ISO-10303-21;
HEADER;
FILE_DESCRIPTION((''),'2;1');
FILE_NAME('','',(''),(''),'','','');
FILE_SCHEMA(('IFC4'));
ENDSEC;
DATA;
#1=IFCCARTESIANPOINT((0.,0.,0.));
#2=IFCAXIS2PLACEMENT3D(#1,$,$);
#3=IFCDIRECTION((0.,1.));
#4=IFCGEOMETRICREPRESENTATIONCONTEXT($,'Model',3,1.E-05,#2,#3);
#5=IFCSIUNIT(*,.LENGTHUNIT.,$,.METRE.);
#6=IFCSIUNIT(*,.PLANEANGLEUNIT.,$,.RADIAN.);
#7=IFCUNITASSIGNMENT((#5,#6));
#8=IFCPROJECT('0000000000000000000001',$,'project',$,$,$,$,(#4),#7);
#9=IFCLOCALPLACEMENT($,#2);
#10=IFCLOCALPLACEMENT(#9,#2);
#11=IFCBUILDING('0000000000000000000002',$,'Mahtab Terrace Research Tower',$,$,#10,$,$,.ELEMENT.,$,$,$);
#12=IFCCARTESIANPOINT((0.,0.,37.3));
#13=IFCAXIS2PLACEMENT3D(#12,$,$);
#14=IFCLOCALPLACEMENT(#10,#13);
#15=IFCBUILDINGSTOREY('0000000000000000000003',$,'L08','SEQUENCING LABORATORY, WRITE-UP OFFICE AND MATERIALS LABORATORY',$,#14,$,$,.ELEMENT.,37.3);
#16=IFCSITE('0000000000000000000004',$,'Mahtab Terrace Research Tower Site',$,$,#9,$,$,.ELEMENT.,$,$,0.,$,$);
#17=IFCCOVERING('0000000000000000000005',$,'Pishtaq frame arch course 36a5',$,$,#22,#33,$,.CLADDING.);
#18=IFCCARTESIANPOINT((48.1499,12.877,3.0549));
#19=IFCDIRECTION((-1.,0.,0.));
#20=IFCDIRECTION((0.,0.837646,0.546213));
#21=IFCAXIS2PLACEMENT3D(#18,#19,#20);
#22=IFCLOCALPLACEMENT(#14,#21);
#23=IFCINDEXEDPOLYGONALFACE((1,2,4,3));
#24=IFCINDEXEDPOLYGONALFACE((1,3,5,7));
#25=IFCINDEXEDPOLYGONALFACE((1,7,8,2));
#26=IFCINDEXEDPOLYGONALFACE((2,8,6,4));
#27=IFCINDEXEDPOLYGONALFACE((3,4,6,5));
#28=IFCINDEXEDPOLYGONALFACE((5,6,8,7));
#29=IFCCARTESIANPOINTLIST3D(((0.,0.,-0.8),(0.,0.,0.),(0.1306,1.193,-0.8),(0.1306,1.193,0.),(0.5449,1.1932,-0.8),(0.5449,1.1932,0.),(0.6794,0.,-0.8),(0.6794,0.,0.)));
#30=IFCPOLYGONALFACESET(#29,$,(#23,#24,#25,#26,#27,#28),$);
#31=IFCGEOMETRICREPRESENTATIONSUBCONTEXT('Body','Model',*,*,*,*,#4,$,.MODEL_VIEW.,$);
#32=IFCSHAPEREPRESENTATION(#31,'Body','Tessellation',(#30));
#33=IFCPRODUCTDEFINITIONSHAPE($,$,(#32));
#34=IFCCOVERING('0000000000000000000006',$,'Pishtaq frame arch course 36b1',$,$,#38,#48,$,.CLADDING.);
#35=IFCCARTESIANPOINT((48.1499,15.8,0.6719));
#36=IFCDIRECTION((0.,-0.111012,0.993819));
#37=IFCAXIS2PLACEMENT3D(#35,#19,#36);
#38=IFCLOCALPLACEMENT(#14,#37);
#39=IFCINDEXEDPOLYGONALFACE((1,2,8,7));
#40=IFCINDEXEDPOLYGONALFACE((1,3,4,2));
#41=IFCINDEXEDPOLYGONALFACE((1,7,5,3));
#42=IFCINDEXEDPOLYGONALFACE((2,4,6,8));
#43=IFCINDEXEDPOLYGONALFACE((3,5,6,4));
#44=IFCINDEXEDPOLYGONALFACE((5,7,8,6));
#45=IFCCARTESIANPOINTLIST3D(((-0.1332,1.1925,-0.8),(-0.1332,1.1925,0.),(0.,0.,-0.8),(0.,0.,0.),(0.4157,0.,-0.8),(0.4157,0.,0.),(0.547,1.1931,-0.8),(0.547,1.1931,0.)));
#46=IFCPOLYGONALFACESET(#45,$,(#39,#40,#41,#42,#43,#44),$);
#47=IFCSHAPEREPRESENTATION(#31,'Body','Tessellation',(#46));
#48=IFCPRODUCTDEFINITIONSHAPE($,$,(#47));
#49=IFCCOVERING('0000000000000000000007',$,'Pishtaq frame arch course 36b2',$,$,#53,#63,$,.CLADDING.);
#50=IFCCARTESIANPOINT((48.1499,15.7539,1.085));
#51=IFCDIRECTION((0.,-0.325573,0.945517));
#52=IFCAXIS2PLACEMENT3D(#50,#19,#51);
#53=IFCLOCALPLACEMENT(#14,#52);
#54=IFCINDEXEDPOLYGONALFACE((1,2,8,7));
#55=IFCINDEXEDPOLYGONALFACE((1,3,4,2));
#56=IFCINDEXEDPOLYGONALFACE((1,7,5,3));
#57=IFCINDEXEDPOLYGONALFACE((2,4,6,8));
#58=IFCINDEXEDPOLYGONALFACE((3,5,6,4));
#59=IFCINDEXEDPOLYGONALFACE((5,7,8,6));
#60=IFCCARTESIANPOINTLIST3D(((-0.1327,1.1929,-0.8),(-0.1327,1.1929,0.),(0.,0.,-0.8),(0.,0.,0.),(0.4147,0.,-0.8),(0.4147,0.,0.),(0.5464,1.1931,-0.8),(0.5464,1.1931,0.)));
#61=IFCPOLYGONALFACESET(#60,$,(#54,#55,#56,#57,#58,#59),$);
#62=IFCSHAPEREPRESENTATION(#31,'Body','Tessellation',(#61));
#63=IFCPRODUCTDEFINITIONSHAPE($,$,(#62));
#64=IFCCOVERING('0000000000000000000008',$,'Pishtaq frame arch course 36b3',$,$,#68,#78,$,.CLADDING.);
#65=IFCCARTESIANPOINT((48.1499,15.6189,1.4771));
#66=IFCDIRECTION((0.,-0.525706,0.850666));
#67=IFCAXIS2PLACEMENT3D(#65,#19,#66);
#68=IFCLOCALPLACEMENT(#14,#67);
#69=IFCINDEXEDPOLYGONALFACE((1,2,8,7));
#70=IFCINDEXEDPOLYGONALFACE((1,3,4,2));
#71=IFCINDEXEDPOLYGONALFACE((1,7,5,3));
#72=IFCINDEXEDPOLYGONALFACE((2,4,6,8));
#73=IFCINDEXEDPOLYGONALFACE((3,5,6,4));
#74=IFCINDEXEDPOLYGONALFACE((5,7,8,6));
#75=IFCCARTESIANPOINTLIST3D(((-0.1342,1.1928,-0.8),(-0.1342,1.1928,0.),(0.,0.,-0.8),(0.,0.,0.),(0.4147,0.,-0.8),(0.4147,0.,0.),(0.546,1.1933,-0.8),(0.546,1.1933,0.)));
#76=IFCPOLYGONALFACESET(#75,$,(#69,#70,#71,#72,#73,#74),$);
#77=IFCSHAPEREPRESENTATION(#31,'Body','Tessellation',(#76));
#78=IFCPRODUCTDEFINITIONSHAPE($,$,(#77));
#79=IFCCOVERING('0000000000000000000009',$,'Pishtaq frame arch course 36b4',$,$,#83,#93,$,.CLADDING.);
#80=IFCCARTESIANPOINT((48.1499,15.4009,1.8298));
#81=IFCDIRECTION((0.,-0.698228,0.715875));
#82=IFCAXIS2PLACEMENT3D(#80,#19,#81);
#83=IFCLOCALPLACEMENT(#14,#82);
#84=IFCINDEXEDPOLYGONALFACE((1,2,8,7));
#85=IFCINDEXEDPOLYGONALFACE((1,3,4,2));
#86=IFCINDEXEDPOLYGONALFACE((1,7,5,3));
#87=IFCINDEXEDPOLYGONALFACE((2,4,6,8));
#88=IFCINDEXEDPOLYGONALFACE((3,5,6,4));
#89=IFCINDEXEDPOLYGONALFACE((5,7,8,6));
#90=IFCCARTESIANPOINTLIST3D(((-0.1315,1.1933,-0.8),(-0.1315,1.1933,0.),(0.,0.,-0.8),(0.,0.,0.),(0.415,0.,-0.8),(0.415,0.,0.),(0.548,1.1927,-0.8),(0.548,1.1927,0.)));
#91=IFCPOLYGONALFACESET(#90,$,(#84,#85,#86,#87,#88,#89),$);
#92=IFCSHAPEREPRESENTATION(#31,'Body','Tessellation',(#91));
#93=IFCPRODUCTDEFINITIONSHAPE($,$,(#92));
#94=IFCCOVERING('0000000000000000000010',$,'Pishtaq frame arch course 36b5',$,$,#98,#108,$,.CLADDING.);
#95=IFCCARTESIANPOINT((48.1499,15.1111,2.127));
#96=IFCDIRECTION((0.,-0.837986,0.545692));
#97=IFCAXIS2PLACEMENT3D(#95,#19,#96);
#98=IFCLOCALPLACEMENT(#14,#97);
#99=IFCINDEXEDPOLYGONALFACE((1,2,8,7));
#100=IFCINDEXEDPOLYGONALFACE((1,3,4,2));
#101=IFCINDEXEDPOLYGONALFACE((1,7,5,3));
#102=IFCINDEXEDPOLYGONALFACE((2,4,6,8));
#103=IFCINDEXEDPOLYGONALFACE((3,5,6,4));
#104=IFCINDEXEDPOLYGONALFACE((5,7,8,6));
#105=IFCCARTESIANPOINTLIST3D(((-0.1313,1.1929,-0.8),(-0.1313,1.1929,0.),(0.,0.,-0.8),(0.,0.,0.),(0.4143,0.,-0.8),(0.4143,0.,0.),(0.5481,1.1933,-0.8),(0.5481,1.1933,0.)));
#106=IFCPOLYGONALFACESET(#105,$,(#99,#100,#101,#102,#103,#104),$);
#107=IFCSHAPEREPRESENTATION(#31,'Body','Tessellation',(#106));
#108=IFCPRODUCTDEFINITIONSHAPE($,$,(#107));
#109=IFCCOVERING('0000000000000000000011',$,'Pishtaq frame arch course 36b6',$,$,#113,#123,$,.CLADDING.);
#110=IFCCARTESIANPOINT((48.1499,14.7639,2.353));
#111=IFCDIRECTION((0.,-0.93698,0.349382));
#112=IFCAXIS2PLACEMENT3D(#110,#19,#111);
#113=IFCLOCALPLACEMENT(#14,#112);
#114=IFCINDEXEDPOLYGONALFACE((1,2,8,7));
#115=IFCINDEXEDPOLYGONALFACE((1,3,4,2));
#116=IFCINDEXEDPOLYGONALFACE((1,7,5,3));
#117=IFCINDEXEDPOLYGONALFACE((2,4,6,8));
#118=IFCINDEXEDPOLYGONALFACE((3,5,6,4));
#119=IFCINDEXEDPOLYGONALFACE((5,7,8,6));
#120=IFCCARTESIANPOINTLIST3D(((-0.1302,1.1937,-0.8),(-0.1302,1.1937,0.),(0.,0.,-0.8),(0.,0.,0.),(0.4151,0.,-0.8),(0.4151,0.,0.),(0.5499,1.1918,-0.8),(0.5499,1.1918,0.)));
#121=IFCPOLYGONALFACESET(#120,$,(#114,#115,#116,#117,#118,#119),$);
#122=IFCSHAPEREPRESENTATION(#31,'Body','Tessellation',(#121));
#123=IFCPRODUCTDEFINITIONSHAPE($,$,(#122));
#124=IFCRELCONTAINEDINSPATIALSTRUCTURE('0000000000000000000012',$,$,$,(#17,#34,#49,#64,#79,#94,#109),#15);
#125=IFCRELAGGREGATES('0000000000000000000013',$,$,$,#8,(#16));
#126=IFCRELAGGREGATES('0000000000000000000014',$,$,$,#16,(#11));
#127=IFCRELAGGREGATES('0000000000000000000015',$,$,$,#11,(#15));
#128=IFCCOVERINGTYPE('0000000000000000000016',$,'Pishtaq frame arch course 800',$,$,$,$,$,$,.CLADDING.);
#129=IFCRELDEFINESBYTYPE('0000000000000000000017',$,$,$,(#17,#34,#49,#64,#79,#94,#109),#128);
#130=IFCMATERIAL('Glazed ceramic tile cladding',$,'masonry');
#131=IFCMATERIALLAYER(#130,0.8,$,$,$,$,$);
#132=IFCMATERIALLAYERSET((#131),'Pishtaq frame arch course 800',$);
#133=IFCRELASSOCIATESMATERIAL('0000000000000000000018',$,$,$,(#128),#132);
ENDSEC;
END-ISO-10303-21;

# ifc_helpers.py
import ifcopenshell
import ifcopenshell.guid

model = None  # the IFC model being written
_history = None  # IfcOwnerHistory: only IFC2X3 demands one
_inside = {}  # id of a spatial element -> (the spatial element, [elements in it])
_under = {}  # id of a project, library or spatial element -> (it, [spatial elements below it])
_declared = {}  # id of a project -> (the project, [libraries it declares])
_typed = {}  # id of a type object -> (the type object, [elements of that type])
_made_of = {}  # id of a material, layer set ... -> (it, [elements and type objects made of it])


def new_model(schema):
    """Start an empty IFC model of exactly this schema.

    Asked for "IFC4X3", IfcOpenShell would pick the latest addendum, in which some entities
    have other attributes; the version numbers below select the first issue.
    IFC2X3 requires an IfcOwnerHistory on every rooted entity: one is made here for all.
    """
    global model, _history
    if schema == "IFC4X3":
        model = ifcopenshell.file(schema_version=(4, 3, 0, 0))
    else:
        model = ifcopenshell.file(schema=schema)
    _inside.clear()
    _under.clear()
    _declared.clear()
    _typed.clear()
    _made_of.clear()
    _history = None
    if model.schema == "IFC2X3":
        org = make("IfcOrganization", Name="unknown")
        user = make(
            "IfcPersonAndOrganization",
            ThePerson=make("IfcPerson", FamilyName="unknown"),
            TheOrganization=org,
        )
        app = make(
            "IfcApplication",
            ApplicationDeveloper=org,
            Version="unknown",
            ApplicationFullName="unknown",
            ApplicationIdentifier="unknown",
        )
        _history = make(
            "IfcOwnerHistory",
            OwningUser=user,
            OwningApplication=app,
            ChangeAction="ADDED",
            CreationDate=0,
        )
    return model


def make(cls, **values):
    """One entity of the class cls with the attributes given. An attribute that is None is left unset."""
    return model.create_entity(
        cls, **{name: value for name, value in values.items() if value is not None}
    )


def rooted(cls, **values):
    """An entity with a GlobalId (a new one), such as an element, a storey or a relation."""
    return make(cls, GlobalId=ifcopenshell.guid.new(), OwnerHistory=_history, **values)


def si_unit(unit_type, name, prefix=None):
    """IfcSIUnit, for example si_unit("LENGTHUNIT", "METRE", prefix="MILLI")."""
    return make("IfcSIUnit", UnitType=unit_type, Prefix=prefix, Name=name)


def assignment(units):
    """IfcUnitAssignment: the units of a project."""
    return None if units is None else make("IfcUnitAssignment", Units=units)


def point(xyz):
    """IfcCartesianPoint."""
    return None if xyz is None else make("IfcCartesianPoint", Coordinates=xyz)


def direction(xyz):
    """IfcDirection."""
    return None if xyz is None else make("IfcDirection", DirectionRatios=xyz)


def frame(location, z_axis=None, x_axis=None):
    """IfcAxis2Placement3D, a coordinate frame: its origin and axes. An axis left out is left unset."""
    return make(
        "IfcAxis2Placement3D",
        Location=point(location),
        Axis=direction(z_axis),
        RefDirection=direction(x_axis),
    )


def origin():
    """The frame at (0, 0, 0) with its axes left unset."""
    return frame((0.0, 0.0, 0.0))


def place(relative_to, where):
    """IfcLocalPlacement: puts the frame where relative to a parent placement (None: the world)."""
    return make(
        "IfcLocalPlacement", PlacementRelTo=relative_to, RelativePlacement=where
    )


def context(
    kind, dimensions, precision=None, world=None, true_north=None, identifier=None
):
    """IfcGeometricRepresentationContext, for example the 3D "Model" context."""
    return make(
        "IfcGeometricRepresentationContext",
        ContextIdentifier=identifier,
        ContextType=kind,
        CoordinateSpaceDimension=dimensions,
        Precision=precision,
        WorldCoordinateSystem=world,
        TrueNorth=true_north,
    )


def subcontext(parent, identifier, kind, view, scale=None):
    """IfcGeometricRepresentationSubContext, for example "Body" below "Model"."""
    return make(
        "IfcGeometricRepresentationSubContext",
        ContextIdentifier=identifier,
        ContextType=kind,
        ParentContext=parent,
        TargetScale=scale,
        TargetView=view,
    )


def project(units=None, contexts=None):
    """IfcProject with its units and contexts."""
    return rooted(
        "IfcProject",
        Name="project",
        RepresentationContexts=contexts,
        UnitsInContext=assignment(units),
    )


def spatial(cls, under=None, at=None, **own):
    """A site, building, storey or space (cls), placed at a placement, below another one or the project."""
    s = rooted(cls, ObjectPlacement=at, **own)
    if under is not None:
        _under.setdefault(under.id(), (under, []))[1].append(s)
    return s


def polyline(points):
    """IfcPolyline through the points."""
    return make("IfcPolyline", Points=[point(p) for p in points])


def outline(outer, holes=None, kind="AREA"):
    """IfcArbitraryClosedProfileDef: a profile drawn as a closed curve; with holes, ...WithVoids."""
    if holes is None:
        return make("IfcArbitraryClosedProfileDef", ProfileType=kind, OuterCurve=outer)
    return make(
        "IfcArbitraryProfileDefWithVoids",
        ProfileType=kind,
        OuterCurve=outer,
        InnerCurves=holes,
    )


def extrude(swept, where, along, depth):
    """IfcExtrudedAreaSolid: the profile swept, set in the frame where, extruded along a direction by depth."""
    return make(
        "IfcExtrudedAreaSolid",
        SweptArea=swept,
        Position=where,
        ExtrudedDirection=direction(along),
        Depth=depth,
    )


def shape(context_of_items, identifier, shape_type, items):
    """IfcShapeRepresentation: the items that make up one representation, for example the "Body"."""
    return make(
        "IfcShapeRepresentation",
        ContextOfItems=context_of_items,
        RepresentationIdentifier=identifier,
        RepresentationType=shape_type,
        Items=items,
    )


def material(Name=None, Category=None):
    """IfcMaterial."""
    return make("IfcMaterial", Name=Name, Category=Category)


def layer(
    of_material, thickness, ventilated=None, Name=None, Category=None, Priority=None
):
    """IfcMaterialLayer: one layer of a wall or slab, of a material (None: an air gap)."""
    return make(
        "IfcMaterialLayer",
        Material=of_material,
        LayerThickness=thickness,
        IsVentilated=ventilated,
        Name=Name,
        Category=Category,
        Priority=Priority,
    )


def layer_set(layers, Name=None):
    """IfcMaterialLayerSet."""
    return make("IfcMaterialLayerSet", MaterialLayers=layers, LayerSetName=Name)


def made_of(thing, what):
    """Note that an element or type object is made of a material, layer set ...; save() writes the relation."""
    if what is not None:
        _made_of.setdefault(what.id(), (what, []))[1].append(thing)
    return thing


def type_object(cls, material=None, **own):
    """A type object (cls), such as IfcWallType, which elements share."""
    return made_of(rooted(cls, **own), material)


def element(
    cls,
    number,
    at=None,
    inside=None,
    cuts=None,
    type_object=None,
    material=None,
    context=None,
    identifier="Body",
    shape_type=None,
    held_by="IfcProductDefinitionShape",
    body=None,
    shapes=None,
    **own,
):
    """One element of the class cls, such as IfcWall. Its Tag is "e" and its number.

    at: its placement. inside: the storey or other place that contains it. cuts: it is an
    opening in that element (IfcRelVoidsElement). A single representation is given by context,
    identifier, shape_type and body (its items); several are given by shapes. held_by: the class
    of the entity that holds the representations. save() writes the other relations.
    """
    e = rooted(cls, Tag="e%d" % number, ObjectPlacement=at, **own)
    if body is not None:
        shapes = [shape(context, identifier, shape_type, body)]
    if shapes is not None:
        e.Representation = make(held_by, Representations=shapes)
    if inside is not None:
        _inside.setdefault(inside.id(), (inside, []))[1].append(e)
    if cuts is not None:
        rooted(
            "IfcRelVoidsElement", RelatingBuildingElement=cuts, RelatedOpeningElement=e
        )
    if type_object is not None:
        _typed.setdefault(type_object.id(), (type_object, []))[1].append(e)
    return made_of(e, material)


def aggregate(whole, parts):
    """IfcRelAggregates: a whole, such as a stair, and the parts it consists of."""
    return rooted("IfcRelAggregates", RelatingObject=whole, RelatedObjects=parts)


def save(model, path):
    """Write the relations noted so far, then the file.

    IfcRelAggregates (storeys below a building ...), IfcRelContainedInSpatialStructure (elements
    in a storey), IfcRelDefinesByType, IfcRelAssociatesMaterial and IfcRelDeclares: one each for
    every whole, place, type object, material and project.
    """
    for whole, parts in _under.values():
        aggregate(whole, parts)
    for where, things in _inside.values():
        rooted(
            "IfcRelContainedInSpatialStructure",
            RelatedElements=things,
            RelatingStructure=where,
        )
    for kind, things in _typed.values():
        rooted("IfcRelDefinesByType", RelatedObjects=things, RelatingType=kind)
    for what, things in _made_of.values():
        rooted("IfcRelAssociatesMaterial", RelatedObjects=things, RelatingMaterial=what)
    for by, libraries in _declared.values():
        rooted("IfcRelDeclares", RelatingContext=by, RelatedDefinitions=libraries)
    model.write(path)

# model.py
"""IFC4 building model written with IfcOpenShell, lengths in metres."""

from ifc_helpers import new_model, si_unit, direction, frame, origin, place, context, subcontext, project, spatial, polyline, outline, extrude, material, layer, layer_set, type_object, element, save


model = new_model("IFC4")

# Units and contexts
model_context = context("Model", 3, precision=1e-05, world=origin(), true_north=direction((0.0, 1.0)))
body_context = subcontext(model_context, "Body", "Model", "MODEL_VIEW")
ifc_project = project(units=[si_unit("LENGTHUNIT", "METRE"), si_unit("PLANEANGLEUNIT", "RADIAN")], contexts=[model_context])

# Site, building, storey
site_placement = place(None, origin())
site = spatial("IfcSite", under=ifc_project, at=site_placement, Name="Mahtab Terrace Research Tower Site", CompositionType="ELEMENT", RefElevation=0.0)
building_placement = place(site_placement, origin())
building = spatial("IfcBuilding", under=site, at=building_placement, Name="Mahtab Terrace Research Tower", CompositionType="ELEMENT")
storey_placement = place(building_placement, frame((0.0, 0.0, 37.3)))
storey = spatial("IfcBuildingStorey", under=building, at=storey_placement, Name="L08", Description="SEQUENCING LABORATORY, WRITE-UP OFFICE AND MATERIALS LABORATORY", CompositionType="ELEMENT", Elevation=37.3)

# Coverings
ifc_material_1 = material(Name="Glazed ceramic tile cladding", Category="masonry")
ifc_layer_1 = layer(ifc_material_1, 0.8)
ifc_layer_set_1 = layer_set([ifc_layer_1], Name="Pishtaq frame arch course 800")
covering_type_1 = type_object("IfcCoveringType", Name="Pishtaq frame arch course 800", PredefinedType="CLADDING", material=ifc_layer_set_1)
covering_1_placement = place(storey_placement, frame((48.1499, 12.877, 3.0549), z_axis=(-1.0, 0.0, 0.0), x_axis=(0.0, 0.837646, 0.546213)))
element("IfcCovering", 1, at=covering_1_placement, inside=storey, type_object=covering_type_1, Name="Pishtaq frame arch course 36a5", PredefinedType="CLADDING", context=body_context, shape_type="SweptSolid", body=[
    extrude(outline(polyline([(0.0, 0.0), (0.6794, 0.0), (0.5449, 1.1932), (0.1306, 1.193), (0.0, 0.0)])), origin(), (0.0, 0.0, -1.0), 0.8),
])
covering_2_placement = place(storey_placement, frame((48.1499, 15.8, 0.6719), z_axis=(-1.0, 0.0, 0.0), x_axis=(0.0, -0.111012, 0.993819)))
element("IfcCovering", 2, at=covering_2_placement, inside=storey, type_object=covering_type_1, Name="Pishtaq frame arch course 36b1", PredefinedType="CLADDING", context=body_context, shape_type="SweptSolid", body=[
    extrude(outline(polyline([(0.0, 0.0), (0.4157, 0.0), (0.547, 1.1931), (-0.1332, 1.1925), (0.0, 0.0)])), origin(), (0.0, 0.0, -1.0), 0.8),
])
covering_3_placement = place(storey_placement, frame((48.1499, 15.7539, 1.085), z_axis=(-1.0, 0.0, 0.0), x_axis=(0.0, -0.325573, 0.945517)))
element("IfcCovering", 3, at=covering_3_placement, inside=storey, type_object=covering_type_1, Name="Pishtaq frame arch course 36b2", PredefinedType="CLADDING", context=body_context, shape_type="SweptSolid", body=[
    extrude(outline(polyline([(0.0, 0.0), (0.4147, 0.0), (0.5464, 1.1931), (-0.1327, 1.1929), (0.0, 0.0)])), origin(), (0.0, 0.0, -1.0), 0.8),
])
covering_4_placement = place(storey_placement, frame((48.1499, 15.6189, 1.4771), z_axis=(-1.0, 0.0, 0.0), x_axis=(0.0, -0.525706, 0.850666)))
element("IfcCovering", 4, at=covering_4_placement, inside=storey, type_object=covering_type_1, Name="Pishtaq frame arch course 36b3", PredefinedType="CLADDING", context=body_context, shape_type="SweptSolid", body=[
    extrude(outline(polyline([(0.0, 0.0), (0.4147, 0.0), (0.546, 1.1933), (-0.1342, 1.1928), (0.0, 0.0)])), origin(), (0.0, 0.0, -1.0), 0.8),
])
covering_5_placement = place(storey_placement, frame((48.1499, 15.4009, 1.8298), z_axis=(-1.0, 0.0, 0.0), x_axis=(0.0, -0.698228, 0.715875)))
element("IfcCovering", 5, at=covering_5_placement, inside=storey, type_object=covering_type_1, Name="Pishtaq frame arch course 36b4", PredefinedType="CLADDING", context=body_context, shape_type="SweptSolid", body=[
    extrude(outline(polyline([(0.0, 0.0), (0.415, 0.0), (0.548, 1.1927), (-0.1315, 1.1933), (0.0, 0.0)])), origin(), (0.0, 0.0, -1.0), 0.8),
])
covering_6_placement = place(storey_placement, frame((48.1499, 15.1111, 2.127), z_axis=(-1.0, 0.0, 0.0), x_axis=(0.0, -0.837986, 0.545692)))
element("IfcCovering", 6, at=covering_6_placement, inside=storey, type_object=covering_type_1, Name="Pishtaq frame arch course 36b5", PredefinedType="CLADDING", context=body_context, shape_type="SweptSolid", body=[
    extrude(outline(polyline([(0.0, 0.0), (0.4143, 0.0), (0.5481, 1.1933), (-0.1313, 1.1929), (0.0, 0.0)])), origin(), (0.0, 0.0, -1.0), 0.8),
])
covering_7_placement = place(storey_placement, frame((48.1499, 14.7639, 2.353), z_axis=(-1.0, 0.0, 0.0), x_axis=(0.0, -0.93698, 0.349382)))
element("IfcCovering", 7, at=covering_7_placement, inside=storey, type_object=covering_type_1, Name="Pishtaq frame arch course 36b6", PredefinedType="CLADDING", context=body_context, shape_type="SweptSolid", body=[
    extrude(outline(polyline([(0.0, 0.0), (0.4151, 0.0), (0.5499, 1.1918), (-0.1302, 1.1937), (0.0, 0.0)])), origin(), (0.0, 0.0, -1.0), 0.8),
])

save(model, "model.ifc")
